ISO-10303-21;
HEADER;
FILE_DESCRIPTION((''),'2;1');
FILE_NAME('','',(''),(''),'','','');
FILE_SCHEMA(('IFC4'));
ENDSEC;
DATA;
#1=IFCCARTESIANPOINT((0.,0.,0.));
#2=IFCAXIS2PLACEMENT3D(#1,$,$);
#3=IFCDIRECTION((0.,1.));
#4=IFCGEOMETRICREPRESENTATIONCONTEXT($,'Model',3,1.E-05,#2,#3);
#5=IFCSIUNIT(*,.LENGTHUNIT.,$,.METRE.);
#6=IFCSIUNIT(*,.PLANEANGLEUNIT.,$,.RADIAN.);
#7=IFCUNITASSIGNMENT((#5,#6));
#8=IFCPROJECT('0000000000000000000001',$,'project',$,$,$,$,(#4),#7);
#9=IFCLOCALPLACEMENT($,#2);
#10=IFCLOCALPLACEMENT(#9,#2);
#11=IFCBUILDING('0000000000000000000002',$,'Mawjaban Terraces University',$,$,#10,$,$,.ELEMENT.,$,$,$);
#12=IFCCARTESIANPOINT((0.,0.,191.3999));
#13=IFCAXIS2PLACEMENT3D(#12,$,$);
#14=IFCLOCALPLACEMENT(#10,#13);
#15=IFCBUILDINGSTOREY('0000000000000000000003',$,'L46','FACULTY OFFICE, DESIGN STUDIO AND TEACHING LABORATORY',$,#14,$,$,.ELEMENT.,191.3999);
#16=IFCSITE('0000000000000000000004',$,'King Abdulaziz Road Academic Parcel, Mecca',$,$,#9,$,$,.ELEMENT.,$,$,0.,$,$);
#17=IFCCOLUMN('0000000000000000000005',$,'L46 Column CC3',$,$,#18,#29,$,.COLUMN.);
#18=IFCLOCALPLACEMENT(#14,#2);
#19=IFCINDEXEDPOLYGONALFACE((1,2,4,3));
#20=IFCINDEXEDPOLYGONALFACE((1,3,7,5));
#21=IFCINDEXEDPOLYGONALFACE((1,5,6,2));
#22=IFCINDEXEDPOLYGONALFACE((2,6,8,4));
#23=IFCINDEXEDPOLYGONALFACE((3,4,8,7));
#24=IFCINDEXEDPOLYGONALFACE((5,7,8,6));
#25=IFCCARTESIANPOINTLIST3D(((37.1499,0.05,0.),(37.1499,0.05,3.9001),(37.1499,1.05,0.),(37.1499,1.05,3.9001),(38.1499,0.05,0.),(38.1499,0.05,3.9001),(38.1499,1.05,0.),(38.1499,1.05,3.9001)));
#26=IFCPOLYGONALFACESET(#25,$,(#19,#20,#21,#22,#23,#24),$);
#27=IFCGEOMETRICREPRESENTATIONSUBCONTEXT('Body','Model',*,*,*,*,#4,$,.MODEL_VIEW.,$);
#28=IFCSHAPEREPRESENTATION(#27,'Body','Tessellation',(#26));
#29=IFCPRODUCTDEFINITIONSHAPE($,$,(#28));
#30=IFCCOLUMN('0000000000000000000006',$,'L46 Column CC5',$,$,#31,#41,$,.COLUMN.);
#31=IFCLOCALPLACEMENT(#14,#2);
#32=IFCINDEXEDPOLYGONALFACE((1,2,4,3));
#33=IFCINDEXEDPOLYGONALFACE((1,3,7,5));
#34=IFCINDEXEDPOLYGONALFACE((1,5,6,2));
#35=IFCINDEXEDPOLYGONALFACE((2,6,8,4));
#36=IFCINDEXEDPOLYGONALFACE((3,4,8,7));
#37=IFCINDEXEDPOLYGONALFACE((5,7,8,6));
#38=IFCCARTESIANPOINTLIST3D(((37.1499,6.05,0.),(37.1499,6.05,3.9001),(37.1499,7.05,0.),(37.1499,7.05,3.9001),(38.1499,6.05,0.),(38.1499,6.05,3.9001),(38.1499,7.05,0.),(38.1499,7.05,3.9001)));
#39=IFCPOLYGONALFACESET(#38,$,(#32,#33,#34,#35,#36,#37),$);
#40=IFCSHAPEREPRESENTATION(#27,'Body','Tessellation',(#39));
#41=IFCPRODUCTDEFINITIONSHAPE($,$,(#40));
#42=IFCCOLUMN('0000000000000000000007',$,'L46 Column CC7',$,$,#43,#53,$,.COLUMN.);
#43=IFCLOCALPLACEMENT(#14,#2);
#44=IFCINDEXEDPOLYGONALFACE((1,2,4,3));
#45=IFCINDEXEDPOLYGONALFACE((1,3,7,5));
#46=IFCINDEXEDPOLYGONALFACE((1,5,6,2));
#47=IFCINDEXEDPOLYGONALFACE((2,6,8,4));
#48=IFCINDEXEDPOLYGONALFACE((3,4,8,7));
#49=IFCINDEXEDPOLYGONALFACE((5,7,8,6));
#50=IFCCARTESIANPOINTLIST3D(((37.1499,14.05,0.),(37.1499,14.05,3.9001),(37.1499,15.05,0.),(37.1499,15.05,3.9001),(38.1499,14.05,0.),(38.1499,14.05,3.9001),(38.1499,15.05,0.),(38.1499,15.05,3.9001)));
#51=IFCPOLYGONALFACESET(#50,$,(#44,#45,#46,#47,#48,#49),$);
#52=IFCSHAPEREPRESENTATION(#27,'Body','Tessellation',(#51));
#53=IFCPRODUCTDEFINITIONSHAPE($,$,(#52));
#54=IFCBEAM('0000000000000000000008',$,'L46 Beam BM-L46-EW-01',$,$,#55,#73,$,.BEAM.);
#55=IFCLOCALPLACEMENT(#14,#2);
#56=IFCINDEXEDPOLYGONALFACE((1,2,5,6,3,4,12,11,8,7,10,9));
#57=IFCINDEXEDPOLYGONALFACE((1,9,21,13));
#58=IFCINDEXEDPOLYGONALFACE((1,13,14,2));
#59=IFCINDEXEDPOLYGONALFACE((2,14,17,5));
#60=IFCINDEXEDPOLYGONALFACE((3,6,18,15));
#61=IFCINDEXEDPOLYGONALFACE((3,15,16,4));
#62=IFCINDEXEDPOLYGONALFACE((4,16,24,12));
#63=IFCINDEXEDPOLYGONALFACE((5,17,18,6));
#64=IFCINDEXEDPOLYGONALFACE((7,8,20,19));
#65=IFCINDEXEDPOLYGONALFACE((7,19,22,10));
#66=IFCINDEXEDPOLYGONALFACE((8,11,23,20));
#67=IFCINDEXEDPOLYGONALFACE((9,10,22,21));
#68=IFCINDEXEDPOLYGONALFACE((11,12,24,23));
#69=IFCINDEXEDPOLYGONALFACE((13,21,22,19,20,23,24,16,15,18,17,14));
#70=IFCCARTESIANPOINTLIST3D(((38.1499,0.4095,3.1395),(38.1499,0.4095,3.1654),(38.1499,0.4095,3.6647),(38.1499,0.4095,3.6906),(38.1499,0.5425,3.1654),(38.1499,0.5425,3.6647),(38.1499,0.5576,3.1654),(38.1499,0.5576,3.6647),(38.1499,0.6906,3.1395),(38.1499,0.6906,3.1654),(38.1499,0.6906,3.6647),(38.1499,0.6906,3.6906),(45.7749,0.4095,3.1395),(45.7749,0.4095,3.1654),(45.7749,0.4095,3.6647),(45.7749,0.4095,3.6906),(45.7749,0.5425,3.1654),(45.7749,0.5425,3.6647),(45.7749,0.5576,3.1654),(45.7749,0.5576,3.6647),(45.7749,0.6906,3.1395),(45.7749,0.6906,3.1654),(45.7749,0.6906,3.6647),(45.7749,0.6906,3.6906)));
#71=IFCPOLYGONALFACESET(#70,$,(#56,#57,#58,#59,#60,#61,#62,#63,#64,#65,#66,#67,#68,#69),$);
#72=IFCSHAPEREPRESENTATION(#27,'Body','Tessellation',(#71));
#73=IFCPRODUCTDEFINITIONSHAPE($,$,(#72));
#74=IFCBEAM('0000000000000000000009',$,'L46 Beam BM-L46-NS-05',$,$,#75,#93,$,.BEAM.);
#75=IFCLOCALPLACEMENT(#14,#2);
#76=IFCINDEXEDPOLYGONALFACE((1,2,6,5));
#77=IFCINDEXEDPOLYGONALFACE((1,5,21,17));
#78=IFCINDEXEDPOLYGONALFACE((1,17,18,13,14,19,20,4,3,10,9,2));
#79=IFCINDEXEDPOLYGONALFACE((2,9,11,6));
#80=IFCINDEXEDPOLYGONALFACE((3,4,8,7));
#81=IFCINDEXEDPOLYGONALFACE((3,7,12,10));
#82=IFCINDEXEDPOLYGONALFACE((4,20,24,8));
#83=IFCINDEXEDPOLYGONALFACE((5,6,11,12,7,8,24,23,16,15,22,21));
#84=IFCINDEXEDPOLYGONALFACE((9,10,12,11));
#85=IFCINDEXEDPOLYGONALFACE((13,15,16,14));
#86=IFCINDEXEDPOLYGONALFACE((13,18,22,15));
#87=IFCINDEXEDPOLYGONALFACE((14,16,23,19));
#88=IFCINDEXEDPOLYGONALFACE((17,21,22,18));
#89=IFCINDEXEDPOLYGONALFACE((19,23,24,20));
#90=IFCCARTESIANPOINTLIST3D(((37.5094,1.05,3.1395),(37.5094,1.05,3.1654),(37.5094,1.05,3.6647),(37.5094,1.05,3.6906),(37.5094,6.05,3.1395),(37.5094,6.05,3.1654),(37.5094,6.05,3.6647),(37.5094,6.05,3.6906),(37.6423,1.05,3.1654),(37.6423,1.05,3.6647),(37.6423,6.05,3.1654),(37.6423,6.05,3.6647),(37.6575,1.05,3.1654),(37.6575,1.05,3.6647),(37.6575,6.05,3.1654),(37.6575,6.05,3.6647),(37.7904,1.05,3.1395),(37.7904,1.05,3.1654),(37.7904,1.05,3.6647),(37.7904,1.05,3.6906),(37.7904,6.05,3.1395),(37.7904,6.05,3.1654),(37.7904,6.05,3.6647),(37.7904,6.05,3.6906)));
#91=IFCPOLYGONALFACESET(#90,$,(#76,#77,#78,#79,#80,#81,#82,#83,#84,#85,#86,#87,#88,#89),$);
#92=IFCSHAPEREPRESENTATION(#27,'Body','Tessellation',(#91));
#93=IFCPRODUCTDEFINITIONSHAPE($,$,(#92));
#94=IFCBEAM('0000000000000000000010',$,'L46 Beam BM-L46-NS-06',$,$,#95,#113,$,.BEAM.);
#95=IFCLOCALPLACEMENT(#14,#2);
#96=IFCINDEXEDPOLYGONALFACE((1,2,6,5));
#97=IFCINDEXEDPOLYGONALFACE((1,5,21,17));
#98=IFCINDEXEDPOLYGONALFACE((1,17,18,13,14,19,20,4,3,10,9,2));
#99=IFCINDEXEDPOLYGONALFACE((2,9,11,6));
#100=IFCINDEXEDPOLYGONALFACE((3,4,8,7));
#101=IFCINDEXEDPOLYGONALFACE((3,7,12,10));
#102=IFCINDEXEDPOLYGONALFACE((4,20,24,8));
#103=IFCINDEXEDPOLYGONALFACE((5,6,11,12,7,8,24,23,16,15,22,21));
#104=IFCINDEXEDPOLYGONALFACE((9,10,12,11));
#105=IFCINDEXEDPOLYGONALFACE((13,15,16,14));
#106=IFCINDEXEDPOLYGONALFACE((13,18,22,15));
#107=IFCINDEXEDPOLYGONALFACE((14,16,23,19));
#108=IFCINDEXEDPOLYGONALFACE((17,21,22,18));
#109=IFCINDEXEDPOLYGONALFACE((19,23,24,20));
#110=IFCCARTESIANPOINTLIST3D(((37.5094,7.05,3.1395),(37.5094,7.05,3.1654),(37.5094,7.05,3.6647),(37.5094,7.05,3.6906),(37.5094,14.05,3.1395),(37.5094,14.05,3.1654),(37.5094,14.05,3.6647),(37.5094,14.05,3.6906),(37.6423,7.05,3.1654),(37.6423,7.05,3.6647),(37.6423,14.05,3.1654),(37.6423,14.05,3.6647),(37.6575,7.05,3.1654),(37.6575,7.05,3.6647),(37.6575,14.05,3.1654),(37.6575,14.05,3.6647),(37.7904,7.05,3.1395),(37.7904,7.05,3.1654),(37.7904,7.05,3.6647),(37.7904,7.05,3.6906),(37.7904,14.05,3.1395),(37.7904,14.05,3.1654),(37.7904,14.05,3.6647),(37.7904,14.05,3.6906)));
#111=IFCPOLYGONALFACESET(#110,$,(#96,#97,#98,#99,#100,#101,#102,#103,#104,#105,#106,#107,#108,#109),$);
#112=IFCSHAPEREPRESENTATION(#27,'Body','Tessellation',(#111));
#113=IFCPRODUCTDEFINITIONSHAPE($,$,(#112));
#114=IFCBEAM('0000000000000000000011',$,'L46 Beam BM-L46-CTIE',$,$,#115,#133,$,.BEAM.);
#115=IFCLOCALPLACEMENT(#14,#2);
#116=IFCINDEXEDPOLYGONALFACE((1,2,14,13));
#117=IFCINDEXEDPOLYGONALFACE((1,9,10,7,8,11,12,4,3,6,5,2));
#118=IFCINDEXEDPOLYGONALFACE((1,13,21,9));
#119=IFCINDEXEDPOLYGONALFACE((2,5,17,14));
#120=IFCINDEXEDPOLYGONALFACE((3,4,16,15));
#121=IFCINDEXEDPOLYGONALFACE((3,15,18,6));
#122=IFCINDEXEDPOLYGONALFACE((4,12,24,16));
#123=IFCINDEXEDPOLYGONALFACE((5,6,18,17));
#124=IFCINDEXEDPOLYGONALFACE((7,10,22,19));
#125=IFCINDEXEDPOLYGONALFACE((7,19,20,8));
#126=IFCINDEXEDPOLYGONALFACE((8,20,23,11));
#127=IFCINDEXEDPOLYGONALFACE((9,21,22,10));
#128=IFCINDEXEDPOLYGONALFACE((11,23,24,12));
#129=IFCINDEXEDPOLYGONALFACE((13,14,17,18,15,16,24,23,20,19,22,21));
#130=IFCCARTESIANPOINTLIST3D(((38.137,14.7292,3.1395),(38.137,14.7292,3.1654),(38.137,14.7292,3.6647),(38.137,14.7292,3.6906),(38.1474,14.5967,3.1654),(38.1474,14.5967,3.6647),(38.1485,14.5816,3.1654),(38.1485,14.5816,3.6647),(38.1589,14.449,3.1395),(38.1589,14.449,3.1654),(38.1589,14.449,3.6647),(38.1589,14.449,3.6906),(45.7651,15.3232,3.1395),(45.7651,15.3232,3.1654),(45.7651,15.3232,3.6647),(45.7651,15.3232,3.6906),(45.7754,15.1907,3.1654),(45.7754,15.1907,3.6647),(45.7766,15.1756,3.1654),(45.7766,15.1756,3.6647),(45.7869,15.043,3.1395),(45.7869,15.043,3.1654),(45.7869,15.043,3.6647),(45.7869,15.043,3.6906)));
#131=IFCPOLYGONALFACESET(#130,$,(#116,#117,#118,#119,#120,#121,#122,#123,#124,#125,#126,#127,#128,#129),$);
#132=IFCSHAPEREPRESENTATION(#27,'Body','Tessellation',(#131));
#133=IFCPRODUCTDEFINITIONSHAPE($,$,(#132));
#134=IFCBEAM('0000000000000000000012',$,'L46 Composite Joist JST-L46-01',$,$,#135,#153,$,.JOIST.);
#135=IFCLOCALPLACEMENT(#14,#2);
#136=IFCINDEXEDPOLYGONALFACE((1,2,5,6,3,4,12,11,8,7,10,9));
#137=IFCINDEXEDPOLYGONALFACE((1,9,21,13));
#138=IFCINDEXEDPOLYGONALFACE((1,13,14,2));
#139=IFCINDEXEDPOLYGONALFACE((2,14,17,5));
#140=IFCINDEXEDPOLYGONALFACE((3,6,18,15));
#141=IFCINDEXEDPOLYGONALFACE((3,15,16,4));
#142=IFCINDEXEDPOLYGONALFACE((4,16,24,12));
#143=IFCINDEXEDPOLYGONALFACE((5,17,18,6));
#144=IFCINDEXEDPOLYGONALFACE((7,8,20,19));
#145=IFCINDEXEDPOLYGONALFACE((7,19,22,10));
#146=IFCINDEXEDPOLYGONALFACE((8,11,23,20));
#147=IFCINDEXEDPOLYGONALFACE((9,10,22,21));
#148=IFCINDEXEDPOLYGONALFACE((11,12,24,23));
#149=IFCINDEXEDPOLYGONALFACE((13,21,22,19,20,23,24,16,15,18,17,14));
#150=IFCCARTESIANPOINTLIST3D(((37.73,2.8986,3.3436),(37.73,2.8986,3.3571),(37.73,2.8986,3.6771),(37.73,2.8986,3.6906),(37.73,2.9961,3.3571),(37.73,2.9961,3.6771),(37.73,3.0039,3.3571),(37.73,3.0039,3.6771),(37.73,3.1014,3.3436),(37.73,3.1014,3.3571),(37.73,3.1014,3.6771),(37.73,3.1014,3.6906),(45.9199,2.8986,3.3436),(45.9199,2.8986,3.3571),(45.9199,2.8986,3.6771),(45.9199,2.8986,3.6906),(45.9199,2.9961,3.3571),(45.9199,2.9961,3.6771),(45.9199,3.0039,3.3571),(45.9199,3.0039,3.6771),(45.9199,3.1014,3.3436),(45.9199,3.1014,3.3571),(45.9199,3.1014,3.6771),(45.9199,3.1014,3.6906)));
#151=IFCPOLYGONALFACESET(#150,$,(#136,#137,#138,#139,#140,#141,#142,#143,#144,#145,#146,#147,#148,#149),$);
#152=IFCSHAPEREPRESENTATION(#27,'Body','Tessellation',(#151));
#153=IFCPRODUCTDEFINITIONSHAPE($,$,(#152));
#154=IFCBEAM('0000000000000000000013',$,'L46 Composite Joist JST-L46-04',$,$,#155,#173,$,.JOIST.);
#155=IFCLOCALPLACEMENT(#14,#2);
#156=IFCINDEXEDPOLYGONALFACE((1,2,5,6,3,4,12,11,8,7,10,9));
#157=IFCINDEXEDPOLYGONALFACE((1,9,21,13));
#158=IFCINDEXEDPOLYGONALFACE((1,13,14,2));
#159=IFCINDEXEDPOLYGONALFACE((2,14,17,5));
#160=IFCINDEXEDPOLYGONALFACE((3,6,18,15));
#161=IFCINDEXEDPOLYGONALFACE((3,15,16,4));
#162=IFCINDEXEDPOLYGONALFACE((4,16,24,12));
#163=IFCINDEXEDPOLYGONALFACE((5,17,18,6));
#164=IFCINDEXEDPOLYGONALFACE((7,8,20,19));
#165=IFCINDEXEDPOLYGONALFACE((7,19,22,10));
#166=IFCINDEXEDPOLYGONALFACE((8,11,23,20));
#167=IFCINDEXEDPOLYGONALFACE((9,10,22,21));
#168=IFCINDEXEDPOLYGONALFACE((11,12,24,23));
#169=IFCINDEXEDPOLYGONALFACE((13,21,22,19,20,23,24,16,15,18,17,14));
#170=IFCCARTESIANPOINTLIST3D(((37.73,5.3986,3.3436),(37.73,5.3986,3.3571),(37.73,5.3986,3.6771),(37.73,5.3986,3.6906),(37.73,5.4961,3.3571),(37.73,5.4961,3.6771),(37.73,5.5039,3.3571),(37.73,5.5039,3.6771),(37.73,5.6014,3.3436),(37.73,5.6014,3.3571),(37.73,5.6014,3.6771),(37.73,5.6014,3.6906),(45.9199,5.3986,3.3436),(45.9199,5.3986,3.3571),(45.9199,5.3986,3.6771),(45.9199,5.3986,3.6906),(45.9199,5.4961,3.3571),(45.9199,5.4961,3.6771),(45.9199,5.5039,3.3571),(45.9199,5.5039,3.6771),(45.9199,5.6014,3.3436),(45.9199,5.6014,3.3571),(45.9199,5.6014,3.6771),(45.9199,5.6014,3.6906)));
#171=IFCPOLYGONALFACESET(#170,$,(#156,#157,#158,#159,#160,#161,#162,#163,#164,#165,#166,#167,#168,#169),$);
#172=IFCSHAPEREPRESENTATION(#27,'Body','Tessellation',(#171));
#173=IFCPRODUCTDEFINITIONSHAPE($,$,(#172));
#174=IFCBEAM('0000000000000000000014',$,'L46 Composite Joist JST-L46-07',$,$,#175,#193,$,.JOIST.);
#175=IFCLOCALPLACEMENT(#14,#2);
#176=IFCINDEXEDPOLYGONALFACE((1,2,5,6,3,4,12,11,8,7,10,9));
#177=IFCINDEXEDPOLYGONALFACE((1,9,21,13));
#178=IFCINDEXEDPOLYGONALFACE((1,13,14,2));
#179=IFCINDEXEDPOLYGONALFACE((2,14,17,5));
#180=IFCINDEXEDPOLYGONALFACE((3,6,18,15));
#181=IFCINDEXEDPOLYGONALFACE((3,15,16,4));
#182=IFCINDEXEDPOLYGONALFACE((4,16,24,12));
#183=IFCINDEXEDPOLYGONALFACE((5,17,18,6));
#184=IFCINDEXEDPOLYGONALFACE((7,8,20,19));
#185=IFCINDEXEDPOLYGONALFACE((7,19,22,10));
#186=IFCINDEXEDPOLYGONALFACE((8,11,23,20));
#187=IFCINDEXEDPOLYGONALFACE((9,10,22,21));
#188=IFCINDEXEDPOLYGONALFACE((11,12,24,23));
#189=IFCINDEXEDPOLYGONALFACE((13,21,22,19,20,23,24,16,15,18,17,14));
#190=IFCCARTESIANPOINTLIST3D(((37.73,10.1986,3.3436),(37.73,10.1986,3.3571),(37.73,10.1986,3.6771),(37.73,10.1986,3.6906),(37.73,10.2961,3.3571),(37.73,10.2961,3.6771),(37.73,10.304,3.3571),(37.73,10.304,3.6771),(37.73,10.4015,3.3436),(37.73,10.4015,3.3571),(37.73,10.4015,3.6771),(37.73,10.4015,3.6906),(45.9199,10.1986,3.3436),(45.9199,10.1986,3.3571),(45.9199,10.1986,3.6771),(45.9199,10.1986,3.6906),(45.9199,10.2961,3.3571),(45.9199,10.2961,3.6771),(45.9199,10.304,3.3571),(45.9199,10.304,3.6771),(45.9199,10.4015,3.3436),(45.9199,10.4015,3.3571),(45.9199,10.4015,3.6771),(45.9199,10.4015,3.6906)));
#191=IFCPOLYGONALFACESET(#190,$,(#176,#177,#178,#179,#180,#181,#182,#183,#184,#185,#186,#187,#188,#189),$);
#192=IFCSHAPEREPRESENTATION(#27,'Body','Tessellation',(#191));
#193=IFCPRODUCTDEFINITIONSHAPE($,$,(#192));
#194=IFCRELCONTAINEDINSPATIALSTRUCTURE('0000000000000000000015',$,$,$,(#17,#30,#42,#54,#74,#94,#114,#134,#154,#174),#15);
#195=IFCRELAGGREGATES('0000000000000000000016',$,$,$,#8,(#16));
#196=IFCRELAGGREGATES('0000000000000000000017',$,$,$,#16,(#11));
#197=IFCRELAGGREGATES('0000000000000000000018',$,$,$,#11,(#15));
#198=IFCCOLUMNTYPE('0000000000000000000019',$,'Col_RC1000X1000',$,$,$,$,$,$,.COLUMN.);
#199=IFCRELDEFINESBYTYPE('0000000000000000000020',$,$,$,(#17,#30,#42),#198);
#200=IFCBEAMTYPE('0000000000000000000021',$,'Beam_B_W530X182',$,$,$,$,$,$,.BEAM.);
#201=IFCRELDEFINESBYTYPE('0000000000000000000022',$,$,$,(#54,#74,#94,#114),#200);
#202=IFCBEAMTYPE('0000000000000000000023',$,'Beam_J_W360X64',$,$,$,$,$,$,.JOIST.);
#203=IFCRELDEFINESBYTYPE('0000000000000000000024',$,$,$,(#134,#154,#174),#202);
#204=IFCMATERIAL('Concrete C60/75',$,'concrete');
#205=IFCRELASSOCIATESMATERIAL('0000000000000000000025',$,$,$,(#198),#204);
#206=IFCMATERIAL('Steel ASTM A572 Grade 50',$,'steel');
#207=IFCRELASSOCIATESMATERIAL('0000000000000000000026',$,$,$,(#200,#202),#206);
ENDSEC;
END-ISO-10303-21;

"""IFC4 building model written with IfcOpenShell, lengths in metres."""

from ifc_helpers import new_model, si_unit, direction, frame, origin, origin_2d, place, context, subcontext, project, spatial, rectangle, i_section, extrude, material, material_profile, profile_set, type_object, element, save


model = new_model("IFC4")

# Units and contexts
model_context = context("Model", 3, precision=1e-05, world=origin(), true_north=direction((0.0, 1.0)))
body_context = subcontext(model_context, "Body", "Model", "MODEL_VIEW")
ifc_project = project(units=[si_unit("LENGTHUNIT", "METRE"), si_unit("PLANEANGLEUNIT", "RADIAN")], contexts=[model_context])

# Site, building, storey
site_placement = place(None, origin())
site = spatial("IfcSite", under=ifc_project, at=site_placement, Name="King Abdulaziz Road Academic Parcel, Mecca", CompositionType="ELEMENT", RefElevation=0.0)
building_placement = place(site_placement, origin())
building = spatial("IfcBuilding", under=site, at=building_placement, Name="Mawjaban Terraces University", CompositionType="ELEMENT")
storey_placement = place(building_placement, frame((0.0, 0.0, 191.3999)))
storey = spatial("IfcBuildingStorey", under=building, at=storey_placement, Name="L46", Description="FACULTY OFFICE, DESIGN STUDIO AND TEACHING LABORATORY", CompositionType="ELEMENT", Elevation=191.3999)

# Columns
ifc_material_1 = material(Name="Concrete C60/75", Category="concrete")
ifc_material_profile_1 = material_profile(ifc_material_1, rectangle(XDim=1.0, YDim=1.0, at=origin_2d()), Name="RC1000X1000")
ifc_profile_set_1 = profile_set([ifc_material_profile_1], Name="Concrete C60/75")
column_type = type_object("IfcColumnType", Name="Col_RC1000X1000", PredefinedType="COLUMN", material=ifc_profile_set_1)
for number, where, z_axis, x_axis, name in (
    (1, (37.6499, 0.55, 0.0), (0.0, 0.0, 1.0), (1.0, 0.0, 0.0), "L46 Column CC3"),
    (2, (37.6499, 6.55, 0.0), (0.0, 0.0, 1.0), (1.0, 0.0, 0.0), "L46 Column CC5"),
    (3, (37.6499, 14.55, 0.0), (0.0, 0.0, 1.0), (1.0, 0.0, 0.0), "L46 Column CC7"),
):
    element("IfcColumn", number, at=place(storey_placement, frame(where, z_axis=z_axis, x_axis=x_axis)), inside=storey, type_object=column_type, Name=name, PredefinedType="COLUMN", context=body_context, shape_type="SweptSolid", body=[
        extrude(rectangle(XDim=1.0, YDim=1.0, at=origin_2d()), origin(), (0.0, 0.0, 1.0), 3.9001),
    ])

# Beams
ifc_material_2 = material(Name="Steel ASTM A572 Grade 50", Category="steel")
ifc_material_profile_2 = material_profile(ifc_material_2, i_section(OverallWidth=0.281, OverallDepth=0.551, WebThickness=0.0151, FlangeThickness=0.0259, at=origin_2d()), Name="W530X182")
ifc_profile_set_2 = profile_set([ifc_material_profile_2], Name="Steel ASTM A572 Grade 50")
beam_type_1 = type_object("IfcBeamType", Name="Beam_B_W530X182", PredefinedType="BEAM", material=ifc_profile_set_2)
beam_1_placement = place(storey_placement, frame((38.1499, 0.55, 3.415), z_axis=(1.0, 0.0, 0.0), x_axis=(0.0, 1.0, 0.0)))
element("IfcBeam", 4, at=beam_1_placement, inside=storey, type_object=beam_type_1, Name="L46 Beam BM-L46-EW-01", PredefinedType="BEAM", context=body_context, shape_type="SweptSolid", body=[
    extrude(i_section(OverallWidth=0.281, OverallDepth=0.551, WebThickness=0.0151, FlangeThickness=0.0259, at=origin_2d()), origin(), (0.0, 0.0, 1.0), 7.625),
])
beam_2_placement = place(storey_placement, frame((37.6499, 1.05, 3.415), z_axis=(0.0, 1.0, 0.0), x_axis=(-1.0, 0.0, 0.0)))
element("IfcBeam", 5, at=beam_2_placement, inside=storey, type_object=beam_type_1, Name="L46 Beam BM-L46-NS-05", PredefinedType="BEAM", context=body_context, shape_type="SweptSolid", body=[
    extrude(i_section(OverallWidth=0.281, OverallDepth=0.551, WebThickness=0.0151, FlangeThickness=0.0259, at=origin_2d()), origin(), (0.0, 0.0, 1.0), 5.0),
])
beam_3_placement = place(storey_placement, frame((37.6499, 7.05, 3.415), z_axis=(0.0, 1.0, 0.0), x_axis=(-1.0, 0.0, 0.0)))
element("IfcBeam", 6, at=beam_3_placement, inside=storey, type_object=beam_type_1, Name="L46 Beam BM-L46-NS-06", PredefinedType="BEAM", context=body_context, shape_type="SweptSolid", body=[
    extrude(i_section(OverallWidth=0.281, OverallDepth=0.551, WebThickness=0.0151, FlangeThickness=0.0259, at=origin_2d()), origin(), (0.0, 0.0, 1.0), 7.0),
])
beam_4_placement = place(storey_placement, frame((38.1479, 14.5891, 3.415), z_axis=(0.996982, 0.077636, 0.0), x_axis=(-0.077636, 0.996982, 0.0)))
element("IfcBeam", 7, at=beam_4_placement, inside=storey, type_object=beam_type_1, Name="L46 Beam BM-L46-CTIE", PredefinedType="BEAM", context=body_context, shape_type="SweptSolid", body=[
    extrude(i_section(OverallWidth=0.281, OverallDepth=0.551, WebThickness=0.0151, FlangeThickness=0.0259, at=origin_2d()), origin(), (0.0, 0.0, 1.0), 7.6511),
])
ifc_material_profile_3 = material_profile(ifc_material_2, i_section(OverallWidth=0.2029, OverallDepth=0.3469, WebThickness=0.0078, FlangeThickness=0.0134, at=origin_2d()), Name="W360X64")
ifc_profile_set_3 = profile_set([ifc_material_profile_3], Name="Steel ASTM A572 Grade 50")
beam_type_2 = type_object("IfcBeamType", Name="Beam_J_W360X64", PredefinedType="JOIST", material=ifc_profile_set_3)
for number, where, z_axis, x_axis, name in (
    (8, (37.73, 3.0, 3.5171), (1.0, 0.0, 0.0), (0.0, 1.0, 0.0), "L46 Composite Joist JST-L46-01"),
    (9, (37.73, 5.5, 3.5171), (1.0, 0.0, 0.0), (0.0, 1.0, 0.0), "L46 Composite Joist JST-L46-04"),
    (10, (37.73, 10.3, 3.5171), (1.0, 0.0, 0.0), (0.0, 1.0, 0.0), "L46 Composite Joist JST-L46-07"),
):
    element("IfcBeam", number, at=place(storey_placement, frame(where, z_axis=z_axis, x_axis=x_axis)), inside=storey, type_object=beam_type_2, Name=name, PredefinedType="JOIST", context=body_context, shape_type="SweptSolid", body=[
        extrude(i_section(OverallWidth=0.2029, OverallDepth=0.3469, WebThickness=0.0078, FlangeThickness=0.0134, at=origin_2d()), origin(), (0.0, 0.0, 1.0), 8.1899),
    ])

save(model, "model.ifc")
